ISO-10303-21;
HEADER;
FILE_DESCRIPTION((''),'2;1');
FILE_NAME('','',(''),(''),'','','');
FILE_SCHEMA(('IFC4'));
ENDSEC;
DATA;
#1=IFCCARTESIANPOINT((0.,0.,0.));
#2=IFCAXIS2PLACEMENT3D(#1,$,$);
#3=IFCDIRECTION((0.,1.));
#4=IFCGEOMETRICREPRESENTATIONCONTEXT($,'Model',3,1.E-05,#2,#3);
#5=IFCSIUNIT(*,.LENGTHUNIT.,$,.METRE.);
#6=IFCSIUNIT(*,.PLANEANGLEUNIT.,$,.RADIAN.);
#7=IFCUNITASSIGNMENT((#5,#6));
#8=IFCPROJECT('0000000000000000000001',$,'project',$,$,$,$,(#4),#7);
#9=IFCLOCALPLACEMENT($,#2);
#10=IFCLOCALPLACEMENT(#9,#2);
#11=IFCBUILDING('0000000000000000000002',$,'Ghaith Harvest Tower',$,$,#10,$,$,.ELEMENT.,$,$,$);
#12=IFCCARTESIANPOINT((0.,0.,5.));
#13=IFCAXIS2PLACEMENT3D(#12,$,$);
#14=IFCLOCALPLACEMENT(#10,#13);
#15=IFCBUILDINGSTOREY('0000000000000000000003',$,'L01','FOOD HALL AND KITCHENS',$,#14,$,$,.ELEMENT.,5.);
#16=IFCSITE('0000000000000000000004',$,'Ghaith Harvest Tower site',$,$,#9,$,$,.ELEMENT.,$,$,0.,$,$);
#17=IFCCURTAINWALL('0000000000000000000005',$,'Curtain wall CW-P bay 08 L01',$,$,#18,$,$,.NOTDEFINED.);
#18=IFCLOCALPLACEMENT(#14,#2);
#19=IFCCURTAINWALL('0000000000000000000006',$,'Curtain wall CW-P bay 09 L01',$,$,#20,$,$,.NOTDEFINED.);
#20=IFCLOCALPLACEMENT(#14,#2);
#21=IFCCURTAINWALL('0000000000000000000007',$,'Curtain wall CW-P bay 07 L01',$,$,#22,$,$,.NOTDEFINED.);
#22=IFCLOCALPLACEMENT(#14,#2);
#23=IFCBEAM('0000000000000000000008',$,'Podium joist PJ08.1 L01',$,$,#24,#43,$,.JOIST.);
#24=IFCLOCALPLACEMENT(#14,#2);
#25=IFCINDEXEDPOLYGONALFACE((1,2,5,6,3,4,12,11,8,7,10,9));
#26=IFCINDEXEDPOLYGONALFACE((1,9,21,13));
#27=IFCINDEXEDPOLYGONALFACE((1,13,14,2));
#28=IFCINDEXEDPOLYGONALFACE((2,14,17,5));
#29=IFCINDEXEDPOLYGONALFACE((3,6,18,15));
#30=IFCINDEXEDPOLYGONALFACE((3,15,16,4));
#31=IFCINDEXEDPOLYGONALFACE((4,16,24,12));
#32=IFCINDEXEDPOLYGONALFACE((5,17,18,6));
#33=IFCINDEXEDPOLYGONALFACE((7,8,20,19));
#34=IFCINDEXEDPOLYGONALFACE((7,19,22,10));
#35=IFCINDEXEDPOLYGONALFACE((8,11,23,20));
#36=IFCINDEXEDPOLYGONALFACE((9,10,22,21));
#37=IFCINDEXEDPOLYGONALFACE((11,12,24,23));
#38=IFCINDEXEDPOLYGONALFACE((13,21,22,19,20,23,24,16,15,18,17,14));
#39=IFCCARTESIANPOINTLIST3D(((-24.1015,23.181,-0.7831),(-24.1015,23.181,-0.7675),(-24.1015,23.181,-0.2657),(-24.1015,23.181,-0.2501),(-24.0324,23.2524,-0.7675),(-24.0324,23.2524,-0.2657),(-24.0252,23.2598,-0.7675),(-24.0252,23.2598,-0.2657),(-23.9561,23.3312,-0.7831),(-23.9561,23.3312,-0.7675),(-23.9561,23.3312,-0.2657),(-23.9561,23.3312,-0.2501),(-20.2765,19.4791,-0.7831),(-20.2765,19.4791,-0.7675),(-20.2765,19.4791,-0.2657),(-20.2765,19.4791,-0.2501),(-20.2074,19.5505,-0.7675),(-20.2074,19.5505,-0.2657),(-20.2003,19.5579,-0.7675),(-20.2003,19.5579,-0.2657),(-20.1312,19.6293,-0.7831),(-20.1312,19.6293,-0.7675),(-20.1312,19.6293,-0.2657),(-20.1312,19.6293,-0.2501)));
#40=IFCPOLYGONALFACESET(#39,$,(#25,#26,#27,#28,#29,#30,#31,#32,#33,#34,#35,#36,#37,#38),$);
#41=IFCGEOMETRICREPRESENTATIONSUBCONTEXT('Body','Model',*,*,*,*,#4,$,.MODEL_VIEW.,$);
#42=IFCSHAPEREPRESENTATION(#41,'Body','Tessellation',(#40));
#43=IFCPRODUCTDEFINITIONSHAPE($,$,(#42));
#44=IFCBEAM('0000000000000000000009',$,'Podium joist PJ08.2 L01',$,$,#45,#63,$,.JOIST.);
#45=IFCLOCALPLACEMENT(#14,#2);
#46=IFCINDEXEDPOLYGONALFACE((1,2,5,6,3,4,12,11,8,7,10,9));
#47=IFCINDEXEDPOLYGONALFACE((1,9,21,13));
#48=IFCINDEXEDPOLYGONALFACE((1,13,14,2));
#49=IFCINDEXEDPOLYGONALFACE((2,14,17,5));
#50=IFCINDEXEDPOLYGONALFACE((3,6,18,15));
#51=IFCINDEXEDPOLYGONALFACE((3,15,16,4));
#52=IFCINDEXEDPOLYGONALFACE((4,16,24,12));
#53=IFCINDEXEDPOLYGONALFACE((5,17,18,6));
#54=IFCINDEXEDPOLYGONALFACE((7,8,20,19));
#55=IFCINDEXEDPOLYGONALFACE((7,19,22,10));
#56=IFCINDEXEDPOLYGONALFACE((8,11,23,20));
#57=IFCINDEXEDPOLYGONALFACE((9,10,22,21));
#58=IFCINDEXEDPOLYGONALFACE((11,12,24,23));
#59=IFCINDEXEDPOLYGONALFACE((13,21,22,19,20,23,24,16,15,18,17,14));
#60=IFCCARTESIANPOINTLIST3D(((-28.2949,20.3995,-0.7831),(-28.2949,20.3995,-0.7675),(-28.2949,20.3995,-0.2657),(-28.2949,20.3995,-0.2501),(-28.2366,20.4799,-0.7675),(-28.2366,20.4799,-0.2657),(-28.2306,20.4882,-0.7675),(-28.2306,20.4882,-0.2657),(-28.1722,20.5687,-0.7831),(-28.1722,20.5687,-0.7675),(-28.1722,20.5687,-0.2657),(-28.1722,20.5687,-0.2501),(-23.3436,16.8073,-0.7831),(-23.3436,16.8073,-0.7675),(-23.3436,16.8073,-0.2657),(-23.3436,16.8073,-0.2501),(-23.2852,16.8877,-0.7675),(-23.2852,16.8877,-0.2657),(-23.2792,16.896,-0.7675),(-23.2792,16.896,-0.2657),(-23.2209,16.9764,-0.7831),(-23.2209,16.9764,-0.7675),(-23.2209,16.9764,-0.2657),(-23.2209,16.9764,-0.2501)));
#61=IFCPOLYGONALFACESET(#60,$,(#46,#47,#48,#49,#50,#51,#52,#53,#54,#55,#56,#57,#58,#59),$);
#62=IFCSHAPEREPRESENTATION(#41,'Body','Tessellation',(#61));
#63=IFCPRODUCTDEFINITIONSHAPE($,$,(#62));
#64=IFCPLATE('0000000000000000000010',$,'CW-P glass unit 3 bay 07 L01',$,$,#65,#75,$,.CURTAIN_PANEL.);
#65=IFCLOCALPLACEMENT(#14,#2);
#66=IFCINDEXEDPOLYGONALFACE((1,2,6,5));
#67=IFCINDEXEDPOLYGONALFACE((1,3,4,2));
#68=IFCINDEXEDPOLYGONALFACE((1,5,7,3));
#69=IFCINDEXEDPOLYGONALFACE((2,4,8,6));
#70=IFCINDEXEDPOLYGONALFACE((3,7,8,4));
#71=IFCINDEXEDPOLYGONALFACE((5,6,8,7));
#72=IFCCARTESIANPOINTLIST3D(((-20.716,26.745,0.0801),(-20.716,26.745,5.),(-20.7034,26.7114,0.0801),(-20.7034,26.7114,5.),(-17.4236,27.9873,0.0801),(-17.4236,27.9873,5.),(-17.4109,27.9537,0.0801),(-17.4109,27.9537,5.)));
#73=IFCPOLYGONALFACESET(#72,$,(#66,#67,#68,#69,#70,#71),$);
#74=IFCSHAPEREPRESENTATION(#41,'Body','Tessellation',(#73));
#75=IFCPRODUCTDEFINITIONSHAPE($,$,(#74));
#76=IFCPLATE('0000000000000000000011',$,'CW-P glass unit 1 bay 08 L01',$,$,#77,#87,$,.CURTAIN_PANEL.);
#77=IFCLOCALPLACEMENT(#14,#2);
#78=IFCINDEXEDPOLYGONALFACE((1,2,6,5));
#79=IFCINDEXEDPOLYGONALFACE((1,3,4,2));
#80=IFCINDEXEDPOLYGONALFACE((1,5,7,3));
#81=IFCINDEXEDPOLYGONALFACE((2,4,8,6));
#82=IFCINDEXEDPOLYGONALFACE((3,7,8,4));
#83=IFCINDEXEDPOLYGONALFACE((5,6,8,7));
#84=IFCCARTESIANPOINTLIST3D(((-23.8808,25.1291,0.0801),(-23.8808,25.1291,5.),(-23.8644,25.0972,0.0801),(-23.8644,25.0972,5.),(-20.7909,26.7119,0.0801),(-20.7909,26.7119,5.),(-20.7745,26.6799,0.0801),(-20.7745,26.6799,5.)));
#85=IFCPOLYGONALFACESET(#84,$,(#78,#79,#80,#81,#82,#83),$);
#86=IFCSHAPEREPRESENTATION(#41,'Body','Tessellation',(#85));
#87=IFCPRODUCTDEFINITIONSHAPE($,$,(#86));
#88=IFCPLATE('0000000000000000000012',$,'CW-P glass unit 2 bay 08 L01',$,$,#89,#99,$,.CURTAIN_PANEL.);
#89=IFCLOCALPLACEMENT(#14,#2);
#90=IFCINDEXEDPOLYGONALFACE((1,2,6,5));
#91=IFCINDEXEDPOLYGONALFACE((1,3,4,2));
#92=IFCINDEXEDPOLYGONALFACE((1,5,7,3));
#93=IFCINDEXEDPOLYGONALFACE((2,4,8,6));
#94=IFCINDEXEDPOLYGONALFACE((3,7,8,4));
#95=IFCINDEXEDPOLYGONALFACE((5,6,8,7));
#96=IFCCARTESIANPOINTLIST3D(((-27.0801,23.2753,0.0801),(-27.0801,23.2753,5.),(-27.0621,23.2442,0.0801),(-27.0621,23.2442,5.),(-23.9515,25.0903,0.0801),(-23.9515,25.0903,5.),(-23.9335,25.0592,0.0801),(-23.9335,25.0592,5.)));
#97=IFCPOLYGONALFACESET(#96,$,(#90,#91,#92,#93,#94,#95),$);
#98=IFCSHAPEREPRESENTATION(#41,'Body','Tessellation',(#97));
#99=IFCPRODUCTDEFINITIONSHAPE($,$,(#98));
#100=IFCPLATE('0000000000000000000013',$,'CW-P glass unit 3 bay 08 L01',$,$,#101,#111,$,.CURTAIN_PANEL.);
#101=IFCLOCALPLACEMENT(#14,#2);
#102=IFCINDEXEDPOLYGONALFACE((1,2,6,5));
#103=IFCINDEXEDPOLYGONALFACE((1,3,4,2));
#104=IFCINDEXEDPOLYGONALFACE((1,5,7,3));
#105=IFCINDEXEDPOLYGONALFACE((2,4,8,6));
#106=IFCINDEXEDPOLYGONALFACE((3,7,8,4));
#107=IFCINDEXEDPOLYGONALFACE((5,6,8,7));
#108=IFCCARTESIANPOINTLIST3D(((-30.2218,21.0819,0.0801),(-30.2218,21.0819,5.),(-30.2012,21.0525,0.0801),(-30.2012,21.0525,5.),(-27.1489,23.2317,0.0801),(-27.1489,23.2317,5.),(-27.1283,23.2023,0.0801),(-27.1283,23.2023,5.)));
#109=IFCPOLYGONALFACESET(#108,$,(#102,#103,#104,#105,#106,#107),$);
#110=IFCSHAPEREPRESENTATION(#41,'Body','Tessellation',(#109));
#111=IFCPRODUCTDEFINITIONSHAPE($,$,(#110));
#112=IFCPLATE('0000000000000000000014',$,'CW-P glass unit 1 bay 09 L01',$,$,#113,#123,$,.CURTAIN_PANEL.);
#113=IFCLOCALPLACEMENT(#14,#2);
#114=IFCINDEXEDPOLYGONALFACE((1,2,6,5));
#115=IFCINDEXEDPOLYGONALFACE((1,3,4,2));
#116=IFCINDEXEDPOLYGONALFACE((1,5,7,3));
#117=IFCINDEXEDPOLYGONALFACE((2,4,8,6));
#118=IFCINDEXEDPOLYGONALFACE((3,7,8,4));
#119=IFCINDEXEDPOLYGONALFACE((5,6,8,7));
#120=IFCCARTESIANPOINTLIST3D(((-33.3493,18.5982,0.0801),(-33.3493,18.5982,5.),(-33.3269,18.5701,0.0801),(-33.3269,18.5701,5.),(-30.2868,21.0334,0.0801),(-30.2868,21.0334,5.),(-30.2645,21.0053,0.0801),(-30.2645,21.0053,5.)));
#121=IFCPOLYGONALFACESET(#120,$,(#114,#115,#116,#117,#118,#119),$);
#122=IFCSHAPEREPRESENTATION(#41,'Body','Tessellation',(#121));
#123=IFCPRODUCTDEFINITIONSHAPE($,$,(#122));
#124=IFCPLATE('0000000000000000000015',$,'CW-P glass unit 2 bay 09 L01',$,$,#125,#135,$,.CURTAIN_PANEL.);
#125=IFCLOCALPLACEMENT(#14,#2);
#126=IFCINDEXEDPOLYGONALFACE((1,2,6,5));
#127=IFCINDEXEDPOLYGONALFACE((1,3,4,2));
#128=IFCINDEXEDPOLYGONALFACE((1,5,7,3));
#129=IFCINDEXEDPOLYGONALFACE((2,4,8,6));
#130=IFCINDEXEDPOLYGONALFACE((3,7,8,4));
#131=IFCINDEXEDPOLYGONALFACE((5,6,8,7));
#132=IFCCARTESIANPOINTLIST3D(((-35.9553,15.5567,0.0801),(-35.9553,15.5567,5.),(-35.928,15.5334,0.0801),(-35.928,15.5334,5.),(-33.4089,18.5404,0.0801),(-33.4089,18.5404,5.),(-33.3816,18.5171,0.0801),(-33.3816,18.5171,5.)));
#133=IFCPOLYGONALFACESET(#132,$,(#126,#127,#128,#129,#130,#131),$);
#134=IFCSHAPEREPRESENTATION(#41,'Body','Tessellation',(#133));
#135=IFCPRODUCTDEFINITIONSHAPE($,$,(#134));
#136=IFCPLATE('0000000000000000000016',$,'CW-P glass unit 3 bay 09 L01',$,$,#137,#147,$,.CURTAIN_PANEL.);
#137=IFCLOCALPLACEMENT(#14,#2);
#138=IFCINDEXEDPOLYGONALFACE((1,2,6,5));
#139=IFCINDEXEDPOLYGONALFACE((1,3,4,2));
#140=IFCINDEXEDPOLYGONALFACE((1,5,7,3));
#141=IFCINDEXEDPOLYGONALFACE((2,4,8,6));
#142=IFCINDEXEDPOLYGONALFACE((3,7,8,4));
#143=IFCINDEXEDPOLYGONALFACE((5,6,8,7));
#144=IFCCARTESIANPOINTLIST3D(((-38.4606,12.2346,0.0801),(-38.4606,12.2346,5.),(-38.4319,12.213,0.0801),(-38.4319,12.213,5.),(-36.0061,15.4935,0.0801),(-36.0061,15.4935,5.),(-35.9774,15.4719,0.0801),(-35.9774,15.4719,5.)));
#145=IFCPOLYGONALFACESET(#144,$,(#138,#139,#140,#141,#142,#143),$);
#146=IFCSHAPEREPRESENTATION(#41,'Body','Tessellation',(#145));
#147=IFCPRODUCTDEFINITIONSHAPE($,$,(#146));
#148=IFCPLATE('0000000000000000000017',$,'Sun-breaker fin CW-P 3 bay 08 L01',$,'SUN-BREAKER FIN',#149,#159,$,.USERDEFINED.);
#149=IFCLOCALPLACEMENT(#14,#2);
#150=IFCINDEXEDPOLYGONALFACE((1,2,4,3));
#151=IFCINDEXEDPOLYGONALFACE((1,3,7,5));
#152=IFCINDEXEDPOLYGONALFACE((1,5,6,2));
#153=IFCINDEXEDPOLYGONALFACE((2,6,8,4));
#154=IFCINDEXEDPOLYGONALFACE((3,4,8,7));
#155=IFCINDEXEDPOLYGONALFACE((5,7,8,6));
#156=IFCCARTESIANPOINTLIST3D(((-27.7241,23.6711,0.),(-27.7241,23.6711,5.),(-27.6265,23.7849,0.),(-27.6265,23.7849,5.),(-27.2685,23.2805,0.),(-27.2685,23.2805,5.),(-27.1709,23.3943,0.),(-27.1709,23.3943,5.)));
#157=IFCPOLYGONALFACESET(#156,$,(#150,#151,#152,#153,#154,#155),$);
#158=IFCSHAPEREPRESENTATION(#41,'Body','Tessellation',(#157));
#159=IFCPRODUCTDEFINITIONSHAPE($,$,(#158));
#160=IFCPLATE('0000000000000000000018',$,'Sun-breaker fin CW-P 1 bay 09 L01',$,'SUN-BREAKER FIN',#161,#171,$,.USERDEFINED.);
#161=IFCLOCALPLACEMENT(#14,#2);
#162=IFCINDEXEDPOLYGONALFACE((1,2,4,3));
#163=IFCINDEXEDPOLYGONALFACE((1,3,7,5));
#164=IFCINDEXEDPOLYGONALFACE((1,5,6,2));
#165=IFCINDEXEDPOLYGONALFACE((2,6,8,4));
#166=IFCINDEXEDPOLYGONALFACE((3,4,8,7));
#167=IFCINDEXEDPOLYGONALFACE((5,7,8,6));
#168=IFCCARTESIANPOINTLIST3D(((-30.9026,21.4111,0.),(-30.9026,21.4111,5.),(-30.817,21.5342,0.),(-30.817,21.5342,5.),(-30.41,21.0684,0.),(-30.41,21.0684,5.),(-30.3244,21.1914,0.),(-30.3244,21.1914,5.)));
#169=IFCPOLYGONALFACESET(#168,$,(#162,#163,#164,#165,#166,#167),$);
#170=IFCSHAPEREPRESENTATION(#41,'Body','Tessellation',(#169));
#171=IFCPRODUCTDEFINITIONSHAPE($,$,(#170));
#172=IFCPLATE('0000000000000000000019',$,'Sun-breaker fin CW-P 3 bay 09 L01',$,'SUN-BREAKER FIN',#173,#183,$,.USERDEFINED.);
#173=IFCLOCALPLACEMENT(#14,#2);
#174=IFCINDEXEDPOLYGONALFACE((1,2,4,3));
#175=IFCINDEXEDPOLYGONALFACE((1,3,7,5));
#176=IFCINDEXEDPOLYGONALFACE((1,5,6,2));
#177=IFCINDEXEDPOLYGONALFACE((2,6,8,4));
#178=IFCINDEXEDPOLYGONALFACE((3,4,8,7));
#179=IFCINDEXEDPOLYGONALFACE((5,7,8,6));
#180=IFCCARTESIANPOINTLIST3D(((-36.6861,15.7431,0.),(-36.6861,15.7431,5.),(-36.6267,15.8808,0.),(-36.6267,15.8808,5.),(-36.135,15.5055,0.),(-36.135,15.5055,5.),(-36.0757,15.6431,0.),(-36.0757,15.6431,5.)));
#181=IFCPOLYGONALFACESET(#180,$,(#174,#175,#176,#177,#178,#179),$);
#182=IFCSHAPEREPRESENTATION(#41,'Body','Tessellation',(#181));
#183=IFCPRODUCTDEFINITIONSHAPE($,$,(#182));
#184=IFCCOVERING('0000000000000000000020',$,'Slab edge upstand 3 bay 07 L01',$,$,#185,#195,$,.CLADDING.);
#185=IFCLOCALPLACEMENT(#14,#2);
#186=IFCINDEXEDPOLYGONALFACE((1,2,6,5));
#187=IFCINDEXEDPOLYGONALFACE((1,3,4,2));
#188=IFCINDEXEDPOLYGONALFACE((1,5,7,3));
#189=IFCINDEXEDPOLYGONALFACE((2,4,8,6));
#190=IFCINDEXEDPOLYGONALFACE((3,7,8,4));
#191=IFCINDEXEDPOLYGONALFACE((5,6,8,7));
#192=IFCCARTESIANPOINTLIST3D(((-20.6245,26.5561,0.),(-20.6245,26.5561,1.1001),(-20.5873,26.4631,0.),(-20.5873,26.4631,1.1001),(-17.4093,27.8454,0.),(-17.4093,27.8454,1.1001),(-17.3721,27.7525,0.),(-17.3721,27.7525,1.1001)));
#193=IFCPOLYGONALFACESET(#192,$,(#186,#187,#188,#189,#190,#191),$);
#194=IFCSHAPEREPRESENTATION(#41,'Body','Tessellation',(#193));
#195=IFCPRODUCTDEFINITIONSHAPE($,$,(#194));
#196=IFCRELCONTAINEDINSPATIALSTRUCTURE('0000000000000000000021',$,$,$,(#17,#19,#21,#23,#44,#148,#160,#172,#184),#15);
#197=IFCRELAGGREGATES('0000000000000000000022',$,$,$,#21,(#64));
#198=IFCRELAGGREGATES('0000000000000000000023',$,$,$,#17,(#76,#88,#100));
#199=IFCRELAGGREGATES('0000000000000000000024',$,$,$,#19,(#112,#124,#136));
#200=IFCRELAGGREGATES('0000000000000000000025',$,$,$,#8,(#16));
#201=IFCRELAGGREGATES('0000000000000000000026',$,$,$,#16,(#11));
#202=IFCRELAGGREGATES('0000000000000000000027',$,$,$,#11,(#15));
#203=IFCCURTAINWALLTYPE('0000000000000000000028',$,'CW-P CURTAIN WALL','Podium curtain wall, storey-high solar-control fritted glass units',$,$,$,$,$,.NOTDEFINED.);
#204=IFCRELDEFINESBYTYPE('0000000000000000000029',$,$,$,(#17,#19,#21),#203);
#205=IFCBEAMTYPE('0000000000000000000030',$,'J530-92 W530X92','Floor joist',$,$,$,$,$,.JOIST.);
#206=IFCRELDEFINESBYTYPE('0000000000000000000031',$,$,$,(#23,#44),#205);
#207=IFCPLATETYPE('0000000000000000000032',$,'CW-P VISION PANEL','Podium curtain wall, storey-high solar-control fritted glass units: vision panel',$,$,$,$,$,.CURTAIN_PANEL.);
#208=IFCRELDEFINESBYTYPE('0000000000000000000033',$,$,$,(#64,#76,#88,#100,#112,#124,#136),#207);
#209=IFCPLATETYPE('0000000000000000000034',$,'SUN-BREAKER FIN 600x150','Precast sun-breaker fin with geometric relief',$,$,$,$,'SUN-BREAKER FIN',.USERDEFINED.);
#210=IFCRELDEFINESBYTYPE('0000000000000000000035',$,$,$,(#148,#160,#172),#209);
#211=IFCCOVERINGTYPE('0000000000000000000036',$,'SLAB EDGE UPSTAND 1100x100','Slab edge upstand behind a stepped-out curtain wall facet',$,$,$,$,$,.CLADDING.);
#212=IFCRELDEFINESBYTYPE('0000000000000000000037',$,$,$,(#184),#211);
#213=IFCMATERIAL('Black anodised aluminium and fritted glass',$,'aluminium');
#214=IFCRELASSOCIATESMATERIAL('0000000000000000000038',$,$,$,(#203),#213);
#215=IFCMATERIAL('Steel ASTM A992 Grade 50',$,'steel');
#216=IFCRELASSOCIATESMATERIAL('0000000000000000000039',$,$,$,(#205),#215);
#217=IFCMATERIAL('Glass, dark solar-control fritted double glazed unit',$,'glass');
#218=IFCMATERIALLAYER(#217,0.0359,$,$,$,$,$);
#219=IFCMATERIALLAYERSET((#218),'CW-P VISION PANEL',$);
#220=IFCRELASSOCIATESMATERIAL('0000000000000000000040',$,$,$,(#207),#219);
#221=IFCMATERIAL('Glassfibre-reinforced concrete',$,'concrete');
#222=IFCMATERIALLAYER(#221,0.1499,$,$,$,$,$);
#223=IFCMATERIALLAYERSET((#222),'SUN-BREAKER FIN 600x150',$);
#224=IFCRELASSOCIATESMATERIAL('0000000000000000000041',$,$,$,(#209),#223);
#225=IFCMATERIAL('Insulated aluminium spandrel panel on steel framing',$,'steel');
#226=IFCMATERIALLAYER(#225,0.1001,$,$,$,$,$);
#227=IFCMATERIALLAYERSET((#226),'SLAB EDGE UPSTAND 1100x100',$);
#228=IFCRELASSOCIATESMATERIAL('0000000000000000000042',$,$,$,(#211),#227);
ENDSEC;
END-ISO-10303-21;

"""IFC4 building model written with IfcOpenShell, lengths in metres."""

from ifc_helpers import new_model, si_unit, direction, frame, origin, origin_2d, place, context, subcontext, project, spatial, rectangle, i_section, extrude, material, layer, layer_set, material_profile, profile_set, type_object, element, aggregate, save


model = new_model("IFC4")

# Units and contexts
model_context = context("Model", 3, precision=1e-05, world=origin(), true_north=direction((0.0, 1.0)))
body_context = subcontext(model_context, "Body", "Model", "MODEL_VIEW")
ifc_project = project(units=[si_unit("LENGTHUNIT", "METRE"), si_unit("PLANEANGLEUNIT", "RADIAN")], contexts=[model_context])

# Site, building, storey
site_placement = place(None, origin())
site = spatial("IfcSite", under=ifc_project, at=site_placement, Name="Ghaith Harvest Tower site", CompositionType="ELEMENT", RefElevation=0.0)
building_placement = place(site_placement, origin())
building = spatial("IfcBuilding", under=site, at=building_placement, Name="Ghaith Harvest Tower", CompositionType="ELEMENT")
storey_placement = place(building_placement, frame((0.0, 0.0, 5.0)))
storey = spatial("IfcBuildingStorey", under=building, at=storey_placement, Name="L01", Description="FOOD HALL AND KITCHENS", CompositionType="ELEMENT", Elevation=5.0)

# Curtain walls
ifc_material_1 = material(Name="Black anodised aluminium and fritted glass", Category="aluminium")
curtain_wall_type = type_object("IfcCurtainWallType", Name="CW-P CURTAIN WALL", Description="Podium curtain wall, storey-high solar-control fritted glass units", PredefinedType="NOTDEFINED", material=ifc_material_1)
curtain_wall_1_placement = place(storey_placement, origin())
curtain_wall_1 = element("IfcCurtainWall", 1, at=curtain_wall_1_placement, inside=storey, type_object=curtain_wall_type, Name="Curtain wall CW-P bay 08 L01", PredefinedType="NOTDEFINED")
curtain_wall_2_placement = place(storey_placement, origin())
curtain_wall_2 = element("IfcCurtainWall", 2, at=curtain_wall_2_placement, inside=storey, type_object=curtain_wall_type, Name="Curtain wall CW-P bay 09 L01", PredefinedType="NOTDEFINED")

# Curtain wall
curtain_wall_3_placement = place(storey_placement, origin())
curtain_wall_3 = element("IfcCurtainWall", 3, at=curtain_wall_3_placement, inside=storey, type_object=curtain_wall_type, Name="Curtain wall CW-P bay 07 L01", PredefinedType="NOTDEFINED")

# Beams
ifc_material_2 = material(Name="Steel ASTM A992 Grade 50", Category="steel")
ifc_material_profile_1 = material_profile(ifc_material_2, i_section(OverallWidth=0.209, OverallDepth=0.533, WebThickness=0.0103, FlangeThickness=0.0156, at=origin_2d()), Name="W530X92")
ifc_profile_set_1 = profile_set([ifc_material_profile_1], Name="Steel ASTM A992 Grade 50")
beam_type_1 = type_object("IfcBeamType", Name="J530-92 W530X92", Description="Floor joist", PredefinedType="JOIST", material=ifc_profile_set_1)
beam_1_placement = place(storey_placement, frame((-20.2039, 19.5542, -0.5166), z_axis=(-0.71857, 0.695454, 0.0), x_axis=(-0.695454, -0.71857, 0.0)))
element("IfcBeam", 4, at=beam_1_placement, inside=storey, type_object=beam_type_1, Name="Podium joist PJ08.1 L01", PredefinedType="JOIST", context=body_context, shape_type="SweptSolid", body=[
    extrude(i_section(OverallWidth=0.209, OverallDepth=0.533, WebThickness=0.0103, FlangeThickness=0.0156, at=origin_2d()), origin(), (0.0, 0.0, 1.0), 5.323),
])
beam_2_placement = place(storey_placement, frame((-23.2822, 16.8918, -0.5166), z_axis=(-0.809416, 0.587236, 0.0), x_axis=(-0.587236, -0.809416, 0.0)))
element("IfcBeam", 5, at=beam_2_placement, inside=storey, type_object=beam_type_1, Name="Podium joist PJ08.2 L01", PredefinedType="JOIST", context=body_context, shape_type="SweptSolid", body=[
    extrude(i_section(OverallWidth=0.209, OverallDepth=0.533, WebThickness=0.0103, FlangeThickness=0.0156, at=origin_2d()), origin(), (0.0, 0.0, 1.0), 6.1172),
])

# Plates
ifc_material_3 = material(Name="Glass, dark solar-control fritted double glazed unit", Category="glass")
ifc_layer_1 = layer(ifc_material_3, 0.0359)
ifc_layer_set_1 = layer_set([ifc_layer_1], Name="CW-P VISION PANEL")
plate_type_1 = type_object("IfcPlateType", Name="CW-P VISION PANEL", Description="Podium curtain wall, storey-high solar-control fritted glass units: vision panel", PredefinedType="CURTAIN_PANEL", material=ifc_layer_set_1)
plate_1_placement = place(storey_placement, frame((-19.0635, 27.3494, 0.0801), z_axis=(0.0, 0.0, 1.0), x_axis=(-0.935612, -0.353029, 0.0)))
plate_1 = element("IfcPlate", 6, at=plate_1_placement, type_object=plate_type_1, Name="CW-P glass unit 3 bay 07 L01", PredefinedType="CURTAIN_PANEL", context=body_context, shape_type="SweptSolid", body=[
    extrude(rectangle(XDim=3.519, YDim=0.0359, at=origin_2d()), origin(), (0.0, 0.0, 1.0), 4.9199),
])
aggregate(curtain_wall_3, [plate_1])
plate_2_placement = place(storey_placement, frame((-22.3276, 25.9045, 0.0801), z_axis=(0.0, 0.0, 1.0), x_axis=(-0.890033, -0.455896, 0.0)))
plate_2 = element("IfcPlate", 7, at=plate_2_placement, type_object=plate_type_1, Name="CW-P glass unit 1 bay 08 L01", PredefinedType="CURTAIN_PANEL", context=body_context, shape_type="SweptSolid", body=[
    extrude(rectangle(XDim=3.4717, YDim=0.0359, at=origin_2d()), origin(), (0.0, 0.0, 1.0), 4.9199),
])
plate_3_placement = place(storey_placement, frame((-25.5068, 24.1672, 0.0801), z_axis=(0.0, 0.0, 1.0), x_axis=(-0.864982, -0.501803, 0.0)))
plate_3 = element("IfcPlate", 8, at=plate_3_placement, type_object=plate_type_1, Name="CW-P glass unit 2 bay 08 L01", PredefinedType="CURTAIN_PANEL", context=body_context, shape_type="SweptSolid", body=[
    extrude(rectangle(XDim=3.6169, YDim=0.0359, at=origin_2d()), origin(), (0.0, 0.0, 1.0), 4.9199),
])
plate_4_placement = place(storey_placement, frame((-28.675, 22.1421, 0.0801), z_axis=(0.0, 0.0, 1.0), x_axis=(-0.819392, -0.573234, 0.0)))
plate_4 = element("IfcPlate", 9, at=plate_4_placement, type_object=plate_type_1, Name="CW-P glass unit 3 bay 08 L01", PredefinedType="CURTAIN_PANEL", context=body_context, shape_type="SweptSolid", body=[
    extrude(rectangle(XDim=3.7502, YDim=0.0359, at=origin_2d()), origin(), (0.0, 0.0, 1.0), 4.9199),
])
aggregate(curtain_wall_1, [plate_2, plate_3, plate_4])
plate_5_placement = place(storey_placement, frame((-31.8069, 19.8018, 0.0801), z_axis=(0.0, 0.0, 1.0), x_axis=(-0.782713, -0.622383, 0.0)))
plate_5 = element("IfcPlate", 10, at=plate_5_placement, type_object=plate_type_1, Name="CW-P glass unit 1 bay 09 L01", PredefinedType="CURTAIN_PANEL", context=body_context, shape_type="SweptSolid", body=[
    extrude(rectangle(XDim=3.9126, YDim=0.0359, at=origin_2d()), origin(), (0.0, 0.0, 1.0), 4.9199),
])
plate_6_placement = place(storey_placement, frame((-34.6685, 17.0369, 0.0801), z_axis=(0.0, 0.0, 1.0), x_axis=(-0.649172, -0.760642, 0.0)))
plate_6 = element("IfcPlate", 11, at=plate_6_placement, type_object=plate_type_1, Name="CW-P glass unit 2 bay 09 L01", PredefinedType="CURTAIN_PANEL", context=body_context, shape_type="SweptSolid", body=[
    extrude(rectangle(XDim=3.9226, YDim=0.0359, at=origin_2d()), origin(), (0.0, 0.0, 1.0), 4.9199),
])
plate_7_placement = place(storey_placement, frame((-37.219, 13.8533, 0.0801), z_axis=(0.0, 0.0, 1.0), x_axis=(-0.601622, -0.798781, 0.0)))
plate_7 = element("IfcPlate", 12, at=plate_7_placement, type_object=plate_type_1, Name="CW-P glass unit 3 bay 09 L01", PredefinedType="CURTAIN_PANEL", context=body_context, shape_type="SweptSolid", body=[
    extrude(rectangle(XDim=4.0798, YDim=0.0359, at=origin_2d()), origin(), (0.0, 0.0, 1.0), 4.9199),
])
aggregate(curtain_wall_2, [plate_5, plate_6, plate_7])

# Plates
ifc_material_4 = material(Name="Glassfibre-reinforced concrete", Category="concrete")
ifc_layer_2 = layer(ifc_material_4, 0.1499)
ifc_layer_set_2 = layer_set([ifc_layer_2], Name="SUN-BREAKER FIN 600x150")
plate_type_2 = type_object("IfcPlateType", Name="SUN-BREAKER FIN 600x150", Description="Precast sun-breaker fin with geometric relief", ElementType="SUN-BREAKER FIN", PredefinedType="USERDEFINED", material=ifc_layer_set_2)
for number, where, z_axis, x_axis, name in (
    (13, (-27.4475, 23.5327, 0.0), (0.0, 0.0, 1.0), (-0.75917, 0.650893, 0.0), "Sun-breaker fin CW-P 3 bay 08 L01"),
    (14, (-30.6135, 21.3013, 0.0), (0.0, 0.0, 1.0), (-0.820845, 0.57115, 0.0), "Sun-breaker fin CW-P 1 bay 09 L01"),
    (15, (-36.3809, 15.6931, 0.0), (0.0, 0.0, 1.0), (-0.918218, 0.396075, 0.0), "Sun-breaker fin CW-P 3 bay 09 L01"),
):
    element("IfcPlate", number, at=place(storey_placement, frame(where, z_axis=z_axis, x_axis=x_axis)), inside=storey, type_object=plate_type_2, Name=name, ObjectType="SUN-BREAKER FIN", PredefinedType="USERDEFINED", context=body_context, shape_type="SweptSolid", body=[
        extrude(rectangle(XDim=0.6001, YDim=0.1499, at=origin_2d()), origin(), (0.0, 0.0, 1.0), 5.0),
    ])

# Covering
ifc_material_5 = material(Name="Insulated aluminium spandrel panel on steel framing", Category="steel")
ifc_layer_3 = layer(ifc_material_5, 0.1001)
ifc_layer_set_3 = layer_set([ifc_layer_3], Name="SLAB EDGE UPSTAND 1100x100")
covering_type = type_object("IfcCoveringType", Name="SLAB EDGE UPSTAND 1100x100", Description="Slab edge upstand behind a stepped-out curtain wall facet", PredefinedType="CLADDING", material=ifc_layer_set_3)
covering_1_placement = place(storey_placement, frame((-18.9983, 27.1543, 0.0), z_axis=(0.0, 0.0, 1.0), x_axis=(-0.928147, -0.372215, 0.0)))
element("IfcCovering", 16, at=covering_1_placement, inside=storey, type_object=covering_type, Name="Slab edge upstand 3 bay 07 L01", PredefinedType="CLADDING", context=body_context, shape_type="SweptSolid", body=[
    extrude(rectangle(XDim=3.4641, YDim=0.1001, at=origin_2d()), origin(), (0.0, 0.0, 1.0), 1.1001),
])

save(model, "model.ifc")
